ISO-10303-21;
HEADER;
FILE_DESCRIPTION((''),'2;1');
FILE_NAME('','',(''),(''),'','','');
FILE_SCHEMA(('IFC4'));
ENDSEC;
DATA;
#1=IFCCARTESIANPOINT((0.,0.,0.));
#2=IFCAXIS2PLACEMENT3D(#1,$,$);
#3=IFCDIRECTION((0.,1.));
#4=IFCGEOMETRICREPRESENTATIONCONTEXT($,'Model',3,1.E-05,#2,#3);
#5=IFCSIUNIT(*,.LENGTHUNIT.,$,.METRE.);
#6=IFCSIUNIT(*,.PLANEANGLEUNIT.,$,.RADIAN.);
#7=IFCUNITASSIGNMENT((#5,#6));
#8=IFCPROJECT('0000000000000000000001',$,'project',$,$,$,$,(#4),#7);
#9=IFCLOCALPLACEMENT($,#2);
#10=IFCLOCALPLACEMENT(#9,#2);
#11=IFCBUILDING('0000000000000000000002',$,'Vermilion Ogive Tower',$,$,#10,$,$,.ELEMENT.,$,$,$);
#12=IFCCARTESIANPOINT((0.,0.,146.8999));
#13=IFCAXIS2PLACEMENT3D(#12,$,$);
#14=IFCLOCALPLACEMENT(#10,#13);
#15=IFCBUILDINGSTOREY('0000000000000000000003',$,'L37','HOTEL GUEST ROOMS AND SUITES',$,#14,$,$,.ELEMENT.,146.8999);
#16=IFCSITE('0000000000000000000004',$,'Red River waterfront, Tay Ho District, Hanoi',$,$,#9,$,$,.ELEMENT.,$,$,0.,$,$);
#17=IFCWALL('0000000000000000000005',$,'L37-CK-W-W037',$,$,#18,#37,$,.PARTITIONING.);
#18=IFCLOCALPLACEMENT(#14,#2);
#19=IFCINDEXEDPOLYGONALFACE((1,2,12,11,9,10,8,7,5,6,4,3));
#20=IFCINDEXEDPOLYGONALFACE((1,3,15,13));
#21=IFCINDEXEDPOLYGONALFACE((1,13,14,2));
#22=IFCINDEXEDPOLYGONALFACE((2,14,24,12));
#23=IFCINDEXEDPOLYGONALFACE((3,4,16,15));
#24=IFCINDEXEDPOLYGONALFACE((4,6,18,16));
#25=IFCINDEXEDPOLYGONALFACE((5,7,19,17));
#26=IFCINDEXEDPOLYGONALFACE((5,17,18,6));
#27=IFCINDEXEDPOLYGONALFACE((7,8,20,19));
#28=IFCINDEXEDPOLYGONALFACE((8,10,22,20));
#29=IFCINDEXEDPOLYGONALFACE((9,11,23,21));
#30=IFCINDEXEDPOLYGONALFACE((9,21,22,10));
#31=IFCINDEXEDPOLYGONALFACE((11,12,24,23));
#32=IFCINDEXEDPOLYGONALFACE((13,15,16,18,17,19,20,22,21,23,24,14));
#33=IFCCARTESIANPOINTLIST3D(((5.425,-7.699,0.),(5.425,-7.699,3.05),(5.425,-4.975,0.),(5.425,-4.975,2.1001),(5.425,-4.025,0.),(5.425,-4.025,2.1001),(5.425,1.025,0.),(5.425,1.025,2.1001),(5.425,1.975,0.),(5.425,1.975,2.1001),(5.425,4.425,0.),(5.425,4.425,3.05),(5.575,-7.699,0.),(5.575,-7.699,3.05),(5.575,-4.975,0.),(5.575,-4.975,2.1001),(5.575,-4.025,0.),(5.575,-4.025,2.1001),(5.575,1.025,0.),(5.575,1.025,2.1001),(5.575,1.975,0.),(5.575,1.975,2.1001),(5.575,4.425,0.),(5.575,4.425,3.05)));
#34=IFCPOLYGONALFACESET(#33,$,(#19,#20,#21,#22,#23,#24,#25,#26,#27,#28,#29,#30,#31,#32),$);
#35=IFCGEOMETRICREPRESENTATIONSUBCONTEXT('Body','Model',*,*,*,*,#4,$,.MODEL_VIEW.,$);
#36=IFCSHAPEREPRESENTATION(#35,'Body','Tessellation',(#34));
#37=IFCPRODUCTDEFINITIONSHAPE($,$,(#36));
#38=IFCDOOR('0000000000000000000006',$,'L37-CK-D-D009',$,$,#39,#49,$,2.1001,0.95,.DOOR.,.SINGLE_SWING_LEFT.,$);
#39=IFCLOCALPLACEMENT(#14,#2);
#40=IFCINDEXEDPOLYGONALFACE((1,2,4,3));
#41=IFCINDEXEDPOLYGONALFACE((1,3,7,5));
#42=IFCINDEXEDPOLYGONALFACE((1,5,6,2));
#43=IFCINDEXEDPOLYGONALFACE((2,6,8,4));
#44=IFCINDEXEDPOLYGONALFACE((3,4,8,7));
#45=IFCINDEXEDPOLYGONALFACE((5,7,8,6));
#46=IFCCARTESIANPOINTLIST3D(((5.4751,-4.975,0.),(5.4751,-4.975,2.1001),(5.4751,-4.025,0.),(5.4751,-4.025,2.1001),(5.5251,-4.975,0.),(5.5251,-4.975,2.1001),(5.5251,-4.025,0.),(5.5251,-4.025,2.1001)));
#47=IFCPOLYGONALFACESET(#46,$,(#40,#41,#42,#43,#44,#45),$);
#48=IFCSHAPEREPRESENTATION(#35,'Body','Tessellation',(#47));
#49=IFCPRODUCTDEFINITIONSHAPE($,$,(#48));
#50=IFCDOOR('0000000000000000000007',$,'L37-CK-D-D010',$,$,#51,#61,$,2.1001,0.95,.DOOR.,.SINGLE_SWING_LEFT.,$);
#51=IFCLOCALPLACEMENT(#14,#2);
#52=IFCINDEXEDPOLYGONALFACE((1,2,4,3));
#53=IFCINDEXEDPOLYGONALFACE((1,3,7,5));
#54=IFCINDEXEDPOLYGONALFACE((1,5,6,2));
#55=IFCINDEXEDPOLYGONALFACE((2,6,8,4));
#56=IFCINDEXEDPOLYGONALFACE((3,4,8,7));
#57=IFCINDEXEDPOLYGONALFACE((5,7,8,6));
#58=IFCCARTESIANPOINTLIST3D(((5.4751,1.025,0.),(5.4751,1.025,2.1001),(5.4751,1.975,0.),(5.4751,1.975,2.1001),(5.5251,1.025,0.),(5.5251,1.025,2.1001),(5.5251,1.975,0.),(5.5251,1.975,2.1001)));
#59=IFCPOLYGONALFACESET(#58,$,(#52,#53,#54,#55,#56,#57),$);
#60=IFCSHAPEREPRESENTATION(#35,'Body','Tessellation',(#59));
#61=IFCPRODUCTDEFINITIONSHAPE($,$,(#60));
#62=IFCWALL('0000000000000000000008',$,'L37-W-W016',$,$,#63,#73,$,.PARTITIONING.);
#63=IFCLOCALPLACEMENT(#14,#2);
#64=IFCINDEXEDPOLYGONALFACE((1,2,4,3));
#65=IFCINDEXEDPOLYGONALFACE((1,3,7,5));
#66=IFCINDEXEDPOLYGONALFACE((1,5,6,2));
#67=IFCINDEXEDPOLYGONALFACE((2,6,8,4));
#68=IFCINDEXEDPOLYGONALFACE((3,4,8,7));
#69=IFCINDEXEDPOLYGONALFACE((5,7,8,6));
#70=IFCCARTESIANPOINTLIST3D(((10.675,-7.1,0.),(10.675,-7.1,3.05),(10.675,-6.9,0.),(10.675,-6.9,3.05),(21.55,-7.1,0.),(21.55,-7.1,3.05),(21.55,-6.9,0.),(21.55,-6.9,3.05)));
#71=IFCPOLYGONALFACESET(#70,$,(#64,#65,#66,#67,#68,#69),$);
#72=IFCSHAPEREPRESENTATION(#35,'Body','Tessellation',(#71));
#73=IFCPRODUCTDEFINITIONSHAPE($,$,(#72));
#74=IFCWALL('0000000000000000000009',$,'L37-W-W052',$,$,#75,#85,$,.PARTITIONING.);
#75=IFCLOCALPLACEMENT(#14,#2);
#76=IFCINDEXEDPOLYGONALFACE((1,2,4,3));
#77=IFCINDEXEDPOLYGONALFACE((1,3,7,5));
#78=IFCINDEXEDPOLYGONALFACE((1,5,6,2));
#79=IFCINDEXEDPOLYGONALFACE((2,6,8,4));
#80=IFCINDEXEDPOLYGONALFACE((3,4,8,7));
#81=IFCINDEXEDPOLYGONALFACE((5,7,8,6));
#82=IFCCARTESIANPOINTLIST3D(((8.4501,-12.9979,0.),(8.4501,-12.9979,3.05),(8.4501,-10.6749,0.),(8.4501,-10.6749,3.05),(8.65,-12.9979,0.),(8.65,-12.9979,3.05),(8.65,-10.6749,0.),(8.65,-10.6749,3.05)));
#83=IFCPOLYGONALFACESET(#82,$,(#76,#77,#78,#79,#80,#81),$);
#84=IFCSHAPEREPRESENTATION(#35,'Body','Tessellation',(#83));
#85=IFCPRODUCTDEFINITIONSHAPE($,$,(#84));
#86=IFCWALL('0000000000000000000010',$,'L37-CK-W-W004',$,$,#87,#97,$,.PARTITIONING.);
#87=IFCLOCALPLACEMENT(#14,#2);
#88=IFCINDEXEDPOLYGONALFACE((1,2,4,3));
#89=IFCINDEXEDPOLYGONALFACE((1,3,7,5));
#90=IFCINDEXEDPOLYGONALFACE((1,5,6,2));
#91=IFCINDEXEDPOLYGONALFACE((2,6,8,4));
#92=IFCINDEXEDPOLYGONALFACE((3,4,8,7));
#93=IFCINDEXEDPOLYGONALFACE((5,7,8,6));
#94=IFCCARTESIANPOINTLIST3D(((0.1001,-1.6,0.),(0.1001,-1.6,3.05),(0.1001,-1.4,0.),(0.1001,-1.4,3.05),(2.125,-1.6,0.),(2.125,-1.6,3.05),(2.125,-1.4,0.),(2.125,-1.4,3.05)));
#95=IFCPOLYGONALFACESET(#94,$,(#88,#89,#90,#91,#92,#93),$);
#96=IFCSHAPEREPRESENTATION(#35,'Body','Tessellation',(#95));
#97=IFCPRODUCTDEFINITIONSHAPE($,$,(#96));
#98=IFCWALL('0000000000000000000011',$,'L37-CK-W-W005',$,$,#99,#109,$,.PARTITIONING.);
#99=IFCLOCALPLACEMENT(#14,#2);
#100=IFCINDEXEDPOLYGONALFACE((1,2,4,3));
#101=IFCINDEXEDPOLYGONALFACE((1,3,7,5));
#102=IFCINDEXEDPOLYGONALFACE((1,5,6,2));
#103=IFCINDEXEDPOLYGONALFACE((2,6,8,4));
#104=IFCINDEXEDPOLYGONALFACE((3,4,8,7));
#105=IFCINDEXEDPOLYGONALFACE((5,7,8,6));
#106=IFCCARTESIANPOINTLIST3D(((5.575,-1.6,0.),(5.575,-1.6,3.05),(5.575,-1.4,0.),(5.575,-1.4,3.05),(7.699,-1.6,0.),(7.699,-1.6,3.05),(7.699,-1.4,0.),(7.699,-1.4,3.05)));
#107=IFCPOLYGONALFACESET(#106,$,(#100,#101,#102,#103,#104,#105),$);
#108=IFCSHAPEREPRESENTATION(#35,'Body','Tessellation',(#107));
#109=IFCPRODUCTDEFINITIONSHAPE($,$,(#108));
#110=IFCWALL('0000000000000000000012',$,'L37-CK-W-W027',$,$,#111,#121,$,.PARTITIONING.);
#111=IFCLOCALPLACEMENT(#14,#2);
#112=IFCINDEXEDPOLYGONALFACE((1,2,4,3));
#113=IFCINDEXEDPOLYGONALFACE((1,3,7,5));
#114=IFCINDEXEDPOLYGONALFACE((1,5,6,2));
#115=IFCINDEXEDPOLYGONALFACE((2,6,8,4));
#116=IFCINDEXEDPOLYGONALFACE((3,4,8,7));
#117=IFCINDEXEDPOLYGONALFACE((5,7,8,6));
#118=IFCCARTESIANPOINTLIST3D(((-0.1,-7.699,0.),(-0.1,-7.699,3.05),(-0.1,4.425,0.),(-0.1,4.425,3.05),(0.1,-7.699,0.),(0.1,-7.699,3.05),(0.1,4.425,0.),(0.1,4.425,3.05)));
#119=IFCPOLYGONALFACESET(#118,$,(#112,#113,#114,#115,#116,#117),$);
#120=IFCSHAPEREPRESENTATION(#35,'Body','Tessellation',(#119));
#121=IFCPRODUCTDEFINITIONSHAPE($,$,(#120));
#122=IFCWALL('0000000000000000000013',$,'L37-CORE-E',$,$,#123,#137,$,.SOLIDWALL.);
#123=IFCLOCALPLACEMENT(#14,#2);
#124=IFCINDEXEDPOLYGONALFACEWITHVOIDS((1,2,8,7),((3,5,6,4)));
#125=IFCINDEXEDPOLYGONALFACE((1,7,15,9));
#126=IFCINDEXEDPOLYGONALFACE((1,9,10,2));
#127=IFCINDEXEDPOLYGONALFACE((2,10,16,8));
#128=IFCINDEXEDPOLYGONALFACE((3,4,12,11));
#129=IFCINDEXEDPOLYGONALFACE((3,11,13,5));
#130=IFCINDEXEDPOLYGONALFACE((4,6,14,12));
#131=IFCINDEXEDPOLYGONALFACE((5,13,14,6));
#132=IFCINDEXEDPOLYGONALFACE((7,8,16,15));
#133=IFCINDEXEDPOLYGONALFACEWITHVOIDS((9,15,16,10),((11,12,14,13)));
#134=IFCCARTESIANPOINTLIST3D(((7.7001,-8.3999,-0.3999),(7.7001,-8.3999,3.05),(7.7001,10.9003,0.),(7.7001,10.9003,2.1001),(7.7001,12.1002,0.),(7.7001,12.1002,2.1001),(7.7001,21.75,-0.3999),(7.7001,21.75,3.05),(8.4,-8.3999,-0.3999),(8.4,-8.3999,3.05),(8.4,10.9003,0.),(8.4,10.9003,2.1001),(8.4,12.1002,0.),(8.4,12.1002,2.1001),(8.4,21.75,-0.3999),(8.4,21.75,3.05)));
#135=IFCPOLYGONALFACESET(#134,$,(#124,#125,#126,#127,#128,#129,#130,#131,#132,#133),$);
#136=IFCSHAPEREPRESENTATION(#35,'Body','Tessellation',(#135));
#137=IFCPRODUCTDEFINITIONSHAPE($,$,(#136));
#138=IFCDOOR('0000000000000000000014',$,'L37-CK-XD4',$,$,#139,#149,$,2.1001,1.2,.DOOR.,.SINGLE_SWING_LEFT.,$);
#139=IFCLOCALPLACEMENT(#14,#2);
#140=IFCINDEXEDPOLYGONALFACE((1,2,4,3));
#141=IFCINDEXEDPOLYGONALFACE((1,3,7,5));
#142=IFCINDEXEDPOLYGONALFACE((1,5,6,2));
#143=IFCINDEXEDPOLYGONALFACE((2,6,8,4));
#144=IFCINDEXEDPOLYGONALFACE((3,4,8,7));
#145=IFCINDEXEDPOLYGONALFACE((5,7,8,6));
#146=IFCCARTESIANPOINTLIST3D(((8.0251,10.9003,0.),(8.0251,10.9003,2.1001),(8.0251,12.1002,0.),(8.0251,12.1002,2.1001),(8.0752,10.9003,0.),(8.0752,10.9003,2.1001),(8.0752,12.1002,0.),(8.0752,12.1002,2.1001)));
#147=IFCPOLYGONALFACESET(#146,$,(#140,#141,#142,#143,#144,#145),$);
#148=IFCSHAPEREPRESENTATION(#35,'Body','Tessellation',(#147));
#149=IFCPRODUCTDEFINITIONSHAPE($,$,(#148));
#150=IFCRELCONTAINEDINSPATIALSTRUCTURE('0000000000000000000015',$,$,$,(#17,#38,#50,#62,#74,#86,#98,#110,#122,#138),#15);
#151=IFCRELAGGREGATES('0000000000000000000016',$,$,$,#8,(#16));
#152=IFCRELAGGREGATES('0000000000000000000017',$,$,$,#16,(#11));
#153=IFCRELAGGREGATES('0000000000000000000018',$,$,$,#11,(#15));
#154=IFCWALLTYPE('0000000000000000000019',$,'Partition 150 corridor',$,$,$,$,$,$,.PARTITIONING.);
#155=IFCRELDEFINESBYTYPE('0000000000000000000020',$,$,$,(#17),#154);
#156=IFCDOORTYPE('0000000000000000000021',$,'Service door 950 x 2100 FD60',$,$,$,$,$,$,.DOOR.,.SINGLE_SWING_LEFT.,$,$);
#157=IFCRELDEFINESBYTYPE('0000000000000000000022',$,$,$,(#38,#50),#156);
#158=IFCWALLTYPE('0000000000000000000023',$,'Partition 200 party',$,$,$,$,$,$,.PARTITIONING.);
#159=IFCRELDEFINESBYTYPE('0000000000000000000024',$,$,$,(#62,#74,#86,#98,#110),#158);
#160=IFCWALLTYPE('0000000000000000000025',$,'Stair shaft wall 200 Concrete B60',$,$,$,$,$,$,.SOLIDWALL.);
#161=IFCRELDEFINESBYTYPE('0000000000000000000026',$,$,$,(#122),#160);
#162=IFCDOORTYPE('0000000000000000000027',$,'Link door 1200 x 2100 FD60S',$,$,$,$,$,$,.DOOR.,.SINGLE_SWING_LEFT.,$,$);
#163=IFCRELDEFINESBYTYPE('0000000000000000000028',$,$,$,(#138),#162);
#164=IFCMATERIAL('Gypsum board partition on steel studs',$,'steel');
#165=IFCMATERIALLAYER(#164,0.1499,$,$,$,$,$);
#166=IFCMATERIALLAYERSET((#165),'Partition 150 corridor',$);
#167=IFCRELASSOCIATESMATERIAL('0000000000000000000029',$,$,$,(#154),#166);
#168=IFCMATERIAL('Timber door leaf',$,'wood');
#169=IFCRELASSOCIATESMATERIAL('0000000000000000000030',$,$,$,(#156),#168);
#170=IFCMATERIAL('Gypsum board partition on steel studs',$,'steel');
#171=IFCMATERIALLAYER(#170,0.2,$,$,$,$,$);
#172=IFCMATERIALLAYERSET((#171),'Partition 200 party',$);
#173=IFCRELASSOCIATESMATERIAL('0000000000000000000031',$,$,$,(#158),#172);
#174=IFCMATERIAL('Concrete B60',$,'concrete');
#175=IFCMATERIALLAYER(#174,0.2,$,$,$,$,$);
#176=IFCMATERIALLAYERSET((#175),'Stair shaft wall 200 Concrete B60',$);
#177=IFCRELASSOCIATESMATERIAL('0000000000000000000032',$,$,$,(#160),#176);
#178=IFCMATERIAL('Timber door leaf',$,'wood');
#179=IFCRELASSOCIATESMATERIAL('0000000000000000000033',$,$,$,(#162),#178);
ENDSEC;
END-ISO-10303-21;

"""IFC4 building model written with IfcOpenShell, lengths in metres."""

from ifc_helpers import new_model, si_unit, direction, frame, frame_2d, origin, place, context, subcontext, project, spatial, rectangle, extrude, material, layer, layer_set, type_object, element, fill, save


model = new_model("IFC4")

# Units and contexts
model_context = context("Model", 3, precision=1e-05, world=origin(), true_north=direction((0.0, 1.0)))
body_context = subcontext(model_context, "Body", "Model", "MODEL_VIEW")
ifc_project = project(units=[si_unit("LENGTHUNIT", "METRE"), si_unit("PLANEANGLEUNIT", "RADIAN")], contexts=[model_context])

# Site, building, storey
site_placement = place(None, origin())
site = spatial("IfcSite", under=ifc_project, at=site_placement, Name="Red River waterfront, Tay Ho District, Hanoi", CompositionType="ELEMENT", RefElevation=0.0)
building_placement = place(site_placement, origin())
building = spatial("IfcBuilding", under=site, at=building_placement, Name="Vermilion Ogive Tower", CompositionType="ELEMENT")
storey_placement = place(building_placement, frame((0.0, 0.0, 146.8999)))
storey = spatial("IfcBuildingStorey", under=building, at=storey_placement, Name="L37", Description="HOTEL GUEST ROOMS AND SUITES", CompositionType="ELEMENT", Elevation=146.8999)

# Wall, openings, doors
ifc_material_1 = material(Name="Gypsum board partition on steel studs", Category="steel")
ifc_layer_1 = layer(ifc_material_1, 0.1499)
ifc_layer_set_1 = layer_set([ifc_layer_1], Name="Partition 150 corridor")
wall_type_1 = type_object("IfcWallType", Name="Partition 150 corridor", PredefinedType="PARTITIONING", material=ifc_layer_set_1)
ifc_material_2 = material(Name="Timber door leaf", Category="wood")
door_type_1 = type_object("IfcDoorType", Name="Service door 950 x 2100 FD60", OperationType="SINGLE_SWING_LEFT", PredefinedType="DOOR", material=ifc_material_2)
wall_1_placement = place(storey_placement, frame((5.5, -7.699, 0.0), z_axis=(0.0, 0.0, 1.0), x_axis=(0.0, 1.0, 0.0)))
wall_1 = element("IfcWall", 1, at=wall_1_placement, inside=storey, type_object=wall_type_1, Name="L37-CK-W-W037", PredefinedType="PARTITIONING", context=body_context, shape_type="SweptSolid", body=[
    extrude(rectangle(XDim=12.124, YDim=0.1499, at=frame_2d((6.062, 0.0))), origin(), (0.0, 0.0, 1.0), 3.05),
])
opening_1_placement = place(wall_1_placement, frame((2.7239, 0.0, 0.0)))
opening_1 = element("IfcOpeningElement", 2, at=opening_1_placement, cuts=wall_1, PredefinedType="OPENING", context=body_context, shape_type="SweptSolid", body=[
    extrude(rectangle(XDim=0.95, YDim=2.1001, at=frame_2d((0.4751, 1.05))), frame((0.0, 0.085, 0.0), z_axis=(0.0, -1.0, 0.0), x_axis=(1.0, 0.0, 0.0)), (0.0, 0.0, 1.0), 0.1699),
])
opening_2_placement = place(wall_1_placement, frame((8.7239, 0.0, 0.0)))
opening_2 = element("IfcOpeningElement", 3, at=opening_2_placement, cuts=wall_1, PredefinedType="OPENING", context=body_context, shape_type="SweptSolid", body=[
    extrude(rectangle(XDim=0.95, YDim=2.1001, at=frame_2d((0.4751, 1.05))), frame((0.0, 0.085, 0.0), z_axis=(0.0, -1.0, 0.0), x_axis=(1.0, 0.0, 0.0)), (0.0, 0.0, 1.0), 0.1699),
])
door_1_placement = place(opening_1_placement, origin())
door_1 = element("IfcDoor", 4, at=door_1_placement, inside=storey, type_object=door_type_1, Name="L37-CK-D-D009", OperationType="SINGLE_SWING_LEFT", OverallHeight=2.1001, OverallWidth=0.95, PredefinedType="DOOR", context=body_context, shape_type="SweptSolid", body=[
    extrude(rectangle(XDim=0.95, YDim=2.1001, at=frame_2d((0.4751, 1.05))), frame((0.0, 0.0249, 0.0), z_axis=(0.0, -1.0, 0.0), x_axis=(1.0, 0.0, 0.0)), (0.0, 0.0, 1.0), 0.05),
])
fill(opening_1, door_1)
door_2_placement = place(opening_2_placement, origin())
door_2 = element("IfcDoor", 5, at=door_2_placement, inside=storey, type_object=door_type_1, Name="L37-CK-D-D010", OperationType="SINGLE_SWING_LEFT", OverallHeight=2.1001, OverallWidth=0.95, PredefinedType="DOOR", context=body_context, shape_type="SweptSolid", body=[
    extrude(rectangle(XDim=0.95, YDim=2.1001, at=frame_2d((0.4751, 1.05))), frame((0.0, 0.0249, 0.0), z_axis=(0.0, -1.0, 0.0), x_axis=(1.0, 0.0, 0.0)), (0.0, 0.0, 1.0), 0.05),
])
fill(opening_2, door_2)

# Walls
ifc_material_3 = material(Name="Gypsum board partition on steel studs", Category="steel")
ifc_layer_2 = layer(ifc_material_3, 0.2)
ifc_layer_set_2 = layer_set([ifc_layer_2], Name="Partition 200 party")
wall_type_2 = type_object("IfcWallType", Name="Partition 200 party", PredefinedType="PARTITIONING", material=ifc_layer_set_2)
wall_2_placement = place(storey_placement, frame((10.675, -7.0, 0.0), z_axis=(0.0, 0.0, 1.0), x_axis=(1.0, 0.0, 0.0)))
element("IfcWall", 6, at=wall_2_placement, inside=storey, type_object=wall_type_2, Name="L37-W-W016", PredefinedType="PARTITIONING", context=body_context, shape_type="SweptSolid", body=[
    extrude(rectangle(XDim=10.875, YDim=0.2, at=frame_2d((5.4375, 0.0))), origin(), (0.0, 0.0, 1.0), 3.05),
])
wall_3_placement = place(storey_placement, frame((8.55, -12.998, 0.0), z_axis=(0.0, 0.0, 1.0), x_axis=(0.0, 1.0, 0.0)))
element("IfcWall", 7, at=wall_3_placement, inside=storey, type_object=wall_type_2, Name="L37-W-W052", PredefinedType="PARTITIONING", context=body_context, shape_type="SweptSolid", body=[
    extrude(rectangle(XDim=2.323, YDim=0.2, at=frame_2d((1.1616, 0.0))), origin(), (0.0, 0.0, 1.0), 3.05),
])
wall_4_placement = place(storey_placement, frame((0.1001, -1.5, 0.0), z_axis=(0.0, 0.0, 1.0), x_axis=(1.0, 0.0, 0.0)))
element("IfcWall", 8, at=wall_4_placement, inside=storey, type_object=wall_type_2, Name="L37-CK-W-W004", PredefinedType="PARTITIONING", context=body_context, shape_type="SweptSolid", body=[
    extrude(rectangle(XDim=2.0249, YDim=0.2, at=frame_2d((1.0125, 0.0))), origin(), (0.0, 0.0, 1.0), 3.05),
])
wall_5_placement = place(storey_placement, frame((5.575, -1.5, 0.0), z_axis=(0.0, 0.0, 1.0), x_axis=(1.0, 0.0, 0.0)))
element("IfcWall", 9, at=wall_5_placement, inside=storey, type_object=wall_type_2, Name="L37-CK-W-W005", PredefinedType="PARTITIONING", context=body_context, shape_type="SweptSolid", body=[
    extrude(rectangle(XDim=2.124, YDim=0.2, at=frame_2d((1.062, 0.0))), origin(), (0.0, 0.0, 1.0), 3.05),
])
wall_6_placement = place(storey_placement, frame((0.0, -7.699, 0.0), z_axis=(0.0, 0.0, 1.0), x_axis=(0.0, 1.0, 0.0)))
element("IfcWall", 10, at=wall_6_placement, inside=storey, type_object=wall_type_2, Name="L37-CK-W-W027", PredefinedType="PARTITIONING", context=body_context, shape_type="SweptSolid", body=[
    extrude(rectangle(XDim=12.124, YDim=0.2, at=frame_2d((6.062, 0.0))), origin(), (0.0, 0.0, 1.0), 3.05),
])

# Wall, opening, door
ifc_material_4 = material(Name="Concrete B60", Category="concrete")
ifc_layer_3 = layer(ifc_material_4, 0.2)
ifc_layer_set_3 = layer_set([ifc_layer_3], Name="Stair shaft wall 200 Concrete B60")
wall_type_3 = type_object("IfcWallType", Name="Stair shaft wall 200 Concrete B60", PredefinedType="SOLIDWALL", material=ifc_layer_set_3)
wall_7_placement = place(storey_placement, frame((8.05, -8.3999, -0.3999), z_axis=(0.0, 0.0, 1.0), x_axis=(0.0, 1.0, 0.0)))
wall_7 = element("IfcWall", 11, at=wall_7_placement, inside=storey, type_object=wall_type_3, Name="L37-CORE-E", PredefinedType="SOLIDWALL", context=body_context, shape_type="SweptSolid", body=[
    extrude(rectangle(XDim=30.1499, YDim=0.7, at=frame_2d((15.075, 0.0))), origin(), (0.0, 0.0, 1.0), 3.45),
])
opening_3_placement = place(wall_7_placement, frame((19.3, 0.0, 0.3999)))
opening_3 = element("IfcOpeningElement", 12, at=opening_3_placement, cuts=wall_7, PredefinedType="OPENING", context=body_context, shape_type="SweptSolid", body=[
    extrude(rectangle(XDim=1.2, YDim=2.1001, at=frame_2d((0.6001, 1.05))), frame((0.0, 0.3599, 0.0), z_axis=(0.0, -1.0, 0.0), x_axis=(1.0, 0.0, 0.0)), (0.0, 0.0, 1.0), 0.72),
])
ifc_material_5 = material(Name="Timber door leaf", Category="wood")
door_type_2 = type_object("IfcDoorType", Name="Link door 1200 x 2100 FD60S", OperationType="SINGLE_SWING_LEFT", PredefinedType="DOOR", material=ifc_material_5)
door_3_placement = place(opening_3_placement, origin())
door_3 = element("IfcDoor", 13, at=door_3_placement, inside=storey, type_object=door_type_2, Name="L37-CK-XD4", OperationType="SINGLE_SWING_LEFT", OverallHeight=2.1001, OverallWidth=1.2, PredefinedType="DOOR", context=body_context, shape_type="SweptSolid", body=[
    extrude(rectangle(XDim=1.2, YDim=2.1001, at=frame_2d((0.6001, 1.05))), frame((0.0, 0.0249, 0.0), z_axis=(0.0, -1.0, 0.0), x_axis=(1.0, 0.0, 0.0)), (0.0, 0.0, 1.0), 0.05),
])
fill(opening_3, door_3)

save(model, "model.ifc")
